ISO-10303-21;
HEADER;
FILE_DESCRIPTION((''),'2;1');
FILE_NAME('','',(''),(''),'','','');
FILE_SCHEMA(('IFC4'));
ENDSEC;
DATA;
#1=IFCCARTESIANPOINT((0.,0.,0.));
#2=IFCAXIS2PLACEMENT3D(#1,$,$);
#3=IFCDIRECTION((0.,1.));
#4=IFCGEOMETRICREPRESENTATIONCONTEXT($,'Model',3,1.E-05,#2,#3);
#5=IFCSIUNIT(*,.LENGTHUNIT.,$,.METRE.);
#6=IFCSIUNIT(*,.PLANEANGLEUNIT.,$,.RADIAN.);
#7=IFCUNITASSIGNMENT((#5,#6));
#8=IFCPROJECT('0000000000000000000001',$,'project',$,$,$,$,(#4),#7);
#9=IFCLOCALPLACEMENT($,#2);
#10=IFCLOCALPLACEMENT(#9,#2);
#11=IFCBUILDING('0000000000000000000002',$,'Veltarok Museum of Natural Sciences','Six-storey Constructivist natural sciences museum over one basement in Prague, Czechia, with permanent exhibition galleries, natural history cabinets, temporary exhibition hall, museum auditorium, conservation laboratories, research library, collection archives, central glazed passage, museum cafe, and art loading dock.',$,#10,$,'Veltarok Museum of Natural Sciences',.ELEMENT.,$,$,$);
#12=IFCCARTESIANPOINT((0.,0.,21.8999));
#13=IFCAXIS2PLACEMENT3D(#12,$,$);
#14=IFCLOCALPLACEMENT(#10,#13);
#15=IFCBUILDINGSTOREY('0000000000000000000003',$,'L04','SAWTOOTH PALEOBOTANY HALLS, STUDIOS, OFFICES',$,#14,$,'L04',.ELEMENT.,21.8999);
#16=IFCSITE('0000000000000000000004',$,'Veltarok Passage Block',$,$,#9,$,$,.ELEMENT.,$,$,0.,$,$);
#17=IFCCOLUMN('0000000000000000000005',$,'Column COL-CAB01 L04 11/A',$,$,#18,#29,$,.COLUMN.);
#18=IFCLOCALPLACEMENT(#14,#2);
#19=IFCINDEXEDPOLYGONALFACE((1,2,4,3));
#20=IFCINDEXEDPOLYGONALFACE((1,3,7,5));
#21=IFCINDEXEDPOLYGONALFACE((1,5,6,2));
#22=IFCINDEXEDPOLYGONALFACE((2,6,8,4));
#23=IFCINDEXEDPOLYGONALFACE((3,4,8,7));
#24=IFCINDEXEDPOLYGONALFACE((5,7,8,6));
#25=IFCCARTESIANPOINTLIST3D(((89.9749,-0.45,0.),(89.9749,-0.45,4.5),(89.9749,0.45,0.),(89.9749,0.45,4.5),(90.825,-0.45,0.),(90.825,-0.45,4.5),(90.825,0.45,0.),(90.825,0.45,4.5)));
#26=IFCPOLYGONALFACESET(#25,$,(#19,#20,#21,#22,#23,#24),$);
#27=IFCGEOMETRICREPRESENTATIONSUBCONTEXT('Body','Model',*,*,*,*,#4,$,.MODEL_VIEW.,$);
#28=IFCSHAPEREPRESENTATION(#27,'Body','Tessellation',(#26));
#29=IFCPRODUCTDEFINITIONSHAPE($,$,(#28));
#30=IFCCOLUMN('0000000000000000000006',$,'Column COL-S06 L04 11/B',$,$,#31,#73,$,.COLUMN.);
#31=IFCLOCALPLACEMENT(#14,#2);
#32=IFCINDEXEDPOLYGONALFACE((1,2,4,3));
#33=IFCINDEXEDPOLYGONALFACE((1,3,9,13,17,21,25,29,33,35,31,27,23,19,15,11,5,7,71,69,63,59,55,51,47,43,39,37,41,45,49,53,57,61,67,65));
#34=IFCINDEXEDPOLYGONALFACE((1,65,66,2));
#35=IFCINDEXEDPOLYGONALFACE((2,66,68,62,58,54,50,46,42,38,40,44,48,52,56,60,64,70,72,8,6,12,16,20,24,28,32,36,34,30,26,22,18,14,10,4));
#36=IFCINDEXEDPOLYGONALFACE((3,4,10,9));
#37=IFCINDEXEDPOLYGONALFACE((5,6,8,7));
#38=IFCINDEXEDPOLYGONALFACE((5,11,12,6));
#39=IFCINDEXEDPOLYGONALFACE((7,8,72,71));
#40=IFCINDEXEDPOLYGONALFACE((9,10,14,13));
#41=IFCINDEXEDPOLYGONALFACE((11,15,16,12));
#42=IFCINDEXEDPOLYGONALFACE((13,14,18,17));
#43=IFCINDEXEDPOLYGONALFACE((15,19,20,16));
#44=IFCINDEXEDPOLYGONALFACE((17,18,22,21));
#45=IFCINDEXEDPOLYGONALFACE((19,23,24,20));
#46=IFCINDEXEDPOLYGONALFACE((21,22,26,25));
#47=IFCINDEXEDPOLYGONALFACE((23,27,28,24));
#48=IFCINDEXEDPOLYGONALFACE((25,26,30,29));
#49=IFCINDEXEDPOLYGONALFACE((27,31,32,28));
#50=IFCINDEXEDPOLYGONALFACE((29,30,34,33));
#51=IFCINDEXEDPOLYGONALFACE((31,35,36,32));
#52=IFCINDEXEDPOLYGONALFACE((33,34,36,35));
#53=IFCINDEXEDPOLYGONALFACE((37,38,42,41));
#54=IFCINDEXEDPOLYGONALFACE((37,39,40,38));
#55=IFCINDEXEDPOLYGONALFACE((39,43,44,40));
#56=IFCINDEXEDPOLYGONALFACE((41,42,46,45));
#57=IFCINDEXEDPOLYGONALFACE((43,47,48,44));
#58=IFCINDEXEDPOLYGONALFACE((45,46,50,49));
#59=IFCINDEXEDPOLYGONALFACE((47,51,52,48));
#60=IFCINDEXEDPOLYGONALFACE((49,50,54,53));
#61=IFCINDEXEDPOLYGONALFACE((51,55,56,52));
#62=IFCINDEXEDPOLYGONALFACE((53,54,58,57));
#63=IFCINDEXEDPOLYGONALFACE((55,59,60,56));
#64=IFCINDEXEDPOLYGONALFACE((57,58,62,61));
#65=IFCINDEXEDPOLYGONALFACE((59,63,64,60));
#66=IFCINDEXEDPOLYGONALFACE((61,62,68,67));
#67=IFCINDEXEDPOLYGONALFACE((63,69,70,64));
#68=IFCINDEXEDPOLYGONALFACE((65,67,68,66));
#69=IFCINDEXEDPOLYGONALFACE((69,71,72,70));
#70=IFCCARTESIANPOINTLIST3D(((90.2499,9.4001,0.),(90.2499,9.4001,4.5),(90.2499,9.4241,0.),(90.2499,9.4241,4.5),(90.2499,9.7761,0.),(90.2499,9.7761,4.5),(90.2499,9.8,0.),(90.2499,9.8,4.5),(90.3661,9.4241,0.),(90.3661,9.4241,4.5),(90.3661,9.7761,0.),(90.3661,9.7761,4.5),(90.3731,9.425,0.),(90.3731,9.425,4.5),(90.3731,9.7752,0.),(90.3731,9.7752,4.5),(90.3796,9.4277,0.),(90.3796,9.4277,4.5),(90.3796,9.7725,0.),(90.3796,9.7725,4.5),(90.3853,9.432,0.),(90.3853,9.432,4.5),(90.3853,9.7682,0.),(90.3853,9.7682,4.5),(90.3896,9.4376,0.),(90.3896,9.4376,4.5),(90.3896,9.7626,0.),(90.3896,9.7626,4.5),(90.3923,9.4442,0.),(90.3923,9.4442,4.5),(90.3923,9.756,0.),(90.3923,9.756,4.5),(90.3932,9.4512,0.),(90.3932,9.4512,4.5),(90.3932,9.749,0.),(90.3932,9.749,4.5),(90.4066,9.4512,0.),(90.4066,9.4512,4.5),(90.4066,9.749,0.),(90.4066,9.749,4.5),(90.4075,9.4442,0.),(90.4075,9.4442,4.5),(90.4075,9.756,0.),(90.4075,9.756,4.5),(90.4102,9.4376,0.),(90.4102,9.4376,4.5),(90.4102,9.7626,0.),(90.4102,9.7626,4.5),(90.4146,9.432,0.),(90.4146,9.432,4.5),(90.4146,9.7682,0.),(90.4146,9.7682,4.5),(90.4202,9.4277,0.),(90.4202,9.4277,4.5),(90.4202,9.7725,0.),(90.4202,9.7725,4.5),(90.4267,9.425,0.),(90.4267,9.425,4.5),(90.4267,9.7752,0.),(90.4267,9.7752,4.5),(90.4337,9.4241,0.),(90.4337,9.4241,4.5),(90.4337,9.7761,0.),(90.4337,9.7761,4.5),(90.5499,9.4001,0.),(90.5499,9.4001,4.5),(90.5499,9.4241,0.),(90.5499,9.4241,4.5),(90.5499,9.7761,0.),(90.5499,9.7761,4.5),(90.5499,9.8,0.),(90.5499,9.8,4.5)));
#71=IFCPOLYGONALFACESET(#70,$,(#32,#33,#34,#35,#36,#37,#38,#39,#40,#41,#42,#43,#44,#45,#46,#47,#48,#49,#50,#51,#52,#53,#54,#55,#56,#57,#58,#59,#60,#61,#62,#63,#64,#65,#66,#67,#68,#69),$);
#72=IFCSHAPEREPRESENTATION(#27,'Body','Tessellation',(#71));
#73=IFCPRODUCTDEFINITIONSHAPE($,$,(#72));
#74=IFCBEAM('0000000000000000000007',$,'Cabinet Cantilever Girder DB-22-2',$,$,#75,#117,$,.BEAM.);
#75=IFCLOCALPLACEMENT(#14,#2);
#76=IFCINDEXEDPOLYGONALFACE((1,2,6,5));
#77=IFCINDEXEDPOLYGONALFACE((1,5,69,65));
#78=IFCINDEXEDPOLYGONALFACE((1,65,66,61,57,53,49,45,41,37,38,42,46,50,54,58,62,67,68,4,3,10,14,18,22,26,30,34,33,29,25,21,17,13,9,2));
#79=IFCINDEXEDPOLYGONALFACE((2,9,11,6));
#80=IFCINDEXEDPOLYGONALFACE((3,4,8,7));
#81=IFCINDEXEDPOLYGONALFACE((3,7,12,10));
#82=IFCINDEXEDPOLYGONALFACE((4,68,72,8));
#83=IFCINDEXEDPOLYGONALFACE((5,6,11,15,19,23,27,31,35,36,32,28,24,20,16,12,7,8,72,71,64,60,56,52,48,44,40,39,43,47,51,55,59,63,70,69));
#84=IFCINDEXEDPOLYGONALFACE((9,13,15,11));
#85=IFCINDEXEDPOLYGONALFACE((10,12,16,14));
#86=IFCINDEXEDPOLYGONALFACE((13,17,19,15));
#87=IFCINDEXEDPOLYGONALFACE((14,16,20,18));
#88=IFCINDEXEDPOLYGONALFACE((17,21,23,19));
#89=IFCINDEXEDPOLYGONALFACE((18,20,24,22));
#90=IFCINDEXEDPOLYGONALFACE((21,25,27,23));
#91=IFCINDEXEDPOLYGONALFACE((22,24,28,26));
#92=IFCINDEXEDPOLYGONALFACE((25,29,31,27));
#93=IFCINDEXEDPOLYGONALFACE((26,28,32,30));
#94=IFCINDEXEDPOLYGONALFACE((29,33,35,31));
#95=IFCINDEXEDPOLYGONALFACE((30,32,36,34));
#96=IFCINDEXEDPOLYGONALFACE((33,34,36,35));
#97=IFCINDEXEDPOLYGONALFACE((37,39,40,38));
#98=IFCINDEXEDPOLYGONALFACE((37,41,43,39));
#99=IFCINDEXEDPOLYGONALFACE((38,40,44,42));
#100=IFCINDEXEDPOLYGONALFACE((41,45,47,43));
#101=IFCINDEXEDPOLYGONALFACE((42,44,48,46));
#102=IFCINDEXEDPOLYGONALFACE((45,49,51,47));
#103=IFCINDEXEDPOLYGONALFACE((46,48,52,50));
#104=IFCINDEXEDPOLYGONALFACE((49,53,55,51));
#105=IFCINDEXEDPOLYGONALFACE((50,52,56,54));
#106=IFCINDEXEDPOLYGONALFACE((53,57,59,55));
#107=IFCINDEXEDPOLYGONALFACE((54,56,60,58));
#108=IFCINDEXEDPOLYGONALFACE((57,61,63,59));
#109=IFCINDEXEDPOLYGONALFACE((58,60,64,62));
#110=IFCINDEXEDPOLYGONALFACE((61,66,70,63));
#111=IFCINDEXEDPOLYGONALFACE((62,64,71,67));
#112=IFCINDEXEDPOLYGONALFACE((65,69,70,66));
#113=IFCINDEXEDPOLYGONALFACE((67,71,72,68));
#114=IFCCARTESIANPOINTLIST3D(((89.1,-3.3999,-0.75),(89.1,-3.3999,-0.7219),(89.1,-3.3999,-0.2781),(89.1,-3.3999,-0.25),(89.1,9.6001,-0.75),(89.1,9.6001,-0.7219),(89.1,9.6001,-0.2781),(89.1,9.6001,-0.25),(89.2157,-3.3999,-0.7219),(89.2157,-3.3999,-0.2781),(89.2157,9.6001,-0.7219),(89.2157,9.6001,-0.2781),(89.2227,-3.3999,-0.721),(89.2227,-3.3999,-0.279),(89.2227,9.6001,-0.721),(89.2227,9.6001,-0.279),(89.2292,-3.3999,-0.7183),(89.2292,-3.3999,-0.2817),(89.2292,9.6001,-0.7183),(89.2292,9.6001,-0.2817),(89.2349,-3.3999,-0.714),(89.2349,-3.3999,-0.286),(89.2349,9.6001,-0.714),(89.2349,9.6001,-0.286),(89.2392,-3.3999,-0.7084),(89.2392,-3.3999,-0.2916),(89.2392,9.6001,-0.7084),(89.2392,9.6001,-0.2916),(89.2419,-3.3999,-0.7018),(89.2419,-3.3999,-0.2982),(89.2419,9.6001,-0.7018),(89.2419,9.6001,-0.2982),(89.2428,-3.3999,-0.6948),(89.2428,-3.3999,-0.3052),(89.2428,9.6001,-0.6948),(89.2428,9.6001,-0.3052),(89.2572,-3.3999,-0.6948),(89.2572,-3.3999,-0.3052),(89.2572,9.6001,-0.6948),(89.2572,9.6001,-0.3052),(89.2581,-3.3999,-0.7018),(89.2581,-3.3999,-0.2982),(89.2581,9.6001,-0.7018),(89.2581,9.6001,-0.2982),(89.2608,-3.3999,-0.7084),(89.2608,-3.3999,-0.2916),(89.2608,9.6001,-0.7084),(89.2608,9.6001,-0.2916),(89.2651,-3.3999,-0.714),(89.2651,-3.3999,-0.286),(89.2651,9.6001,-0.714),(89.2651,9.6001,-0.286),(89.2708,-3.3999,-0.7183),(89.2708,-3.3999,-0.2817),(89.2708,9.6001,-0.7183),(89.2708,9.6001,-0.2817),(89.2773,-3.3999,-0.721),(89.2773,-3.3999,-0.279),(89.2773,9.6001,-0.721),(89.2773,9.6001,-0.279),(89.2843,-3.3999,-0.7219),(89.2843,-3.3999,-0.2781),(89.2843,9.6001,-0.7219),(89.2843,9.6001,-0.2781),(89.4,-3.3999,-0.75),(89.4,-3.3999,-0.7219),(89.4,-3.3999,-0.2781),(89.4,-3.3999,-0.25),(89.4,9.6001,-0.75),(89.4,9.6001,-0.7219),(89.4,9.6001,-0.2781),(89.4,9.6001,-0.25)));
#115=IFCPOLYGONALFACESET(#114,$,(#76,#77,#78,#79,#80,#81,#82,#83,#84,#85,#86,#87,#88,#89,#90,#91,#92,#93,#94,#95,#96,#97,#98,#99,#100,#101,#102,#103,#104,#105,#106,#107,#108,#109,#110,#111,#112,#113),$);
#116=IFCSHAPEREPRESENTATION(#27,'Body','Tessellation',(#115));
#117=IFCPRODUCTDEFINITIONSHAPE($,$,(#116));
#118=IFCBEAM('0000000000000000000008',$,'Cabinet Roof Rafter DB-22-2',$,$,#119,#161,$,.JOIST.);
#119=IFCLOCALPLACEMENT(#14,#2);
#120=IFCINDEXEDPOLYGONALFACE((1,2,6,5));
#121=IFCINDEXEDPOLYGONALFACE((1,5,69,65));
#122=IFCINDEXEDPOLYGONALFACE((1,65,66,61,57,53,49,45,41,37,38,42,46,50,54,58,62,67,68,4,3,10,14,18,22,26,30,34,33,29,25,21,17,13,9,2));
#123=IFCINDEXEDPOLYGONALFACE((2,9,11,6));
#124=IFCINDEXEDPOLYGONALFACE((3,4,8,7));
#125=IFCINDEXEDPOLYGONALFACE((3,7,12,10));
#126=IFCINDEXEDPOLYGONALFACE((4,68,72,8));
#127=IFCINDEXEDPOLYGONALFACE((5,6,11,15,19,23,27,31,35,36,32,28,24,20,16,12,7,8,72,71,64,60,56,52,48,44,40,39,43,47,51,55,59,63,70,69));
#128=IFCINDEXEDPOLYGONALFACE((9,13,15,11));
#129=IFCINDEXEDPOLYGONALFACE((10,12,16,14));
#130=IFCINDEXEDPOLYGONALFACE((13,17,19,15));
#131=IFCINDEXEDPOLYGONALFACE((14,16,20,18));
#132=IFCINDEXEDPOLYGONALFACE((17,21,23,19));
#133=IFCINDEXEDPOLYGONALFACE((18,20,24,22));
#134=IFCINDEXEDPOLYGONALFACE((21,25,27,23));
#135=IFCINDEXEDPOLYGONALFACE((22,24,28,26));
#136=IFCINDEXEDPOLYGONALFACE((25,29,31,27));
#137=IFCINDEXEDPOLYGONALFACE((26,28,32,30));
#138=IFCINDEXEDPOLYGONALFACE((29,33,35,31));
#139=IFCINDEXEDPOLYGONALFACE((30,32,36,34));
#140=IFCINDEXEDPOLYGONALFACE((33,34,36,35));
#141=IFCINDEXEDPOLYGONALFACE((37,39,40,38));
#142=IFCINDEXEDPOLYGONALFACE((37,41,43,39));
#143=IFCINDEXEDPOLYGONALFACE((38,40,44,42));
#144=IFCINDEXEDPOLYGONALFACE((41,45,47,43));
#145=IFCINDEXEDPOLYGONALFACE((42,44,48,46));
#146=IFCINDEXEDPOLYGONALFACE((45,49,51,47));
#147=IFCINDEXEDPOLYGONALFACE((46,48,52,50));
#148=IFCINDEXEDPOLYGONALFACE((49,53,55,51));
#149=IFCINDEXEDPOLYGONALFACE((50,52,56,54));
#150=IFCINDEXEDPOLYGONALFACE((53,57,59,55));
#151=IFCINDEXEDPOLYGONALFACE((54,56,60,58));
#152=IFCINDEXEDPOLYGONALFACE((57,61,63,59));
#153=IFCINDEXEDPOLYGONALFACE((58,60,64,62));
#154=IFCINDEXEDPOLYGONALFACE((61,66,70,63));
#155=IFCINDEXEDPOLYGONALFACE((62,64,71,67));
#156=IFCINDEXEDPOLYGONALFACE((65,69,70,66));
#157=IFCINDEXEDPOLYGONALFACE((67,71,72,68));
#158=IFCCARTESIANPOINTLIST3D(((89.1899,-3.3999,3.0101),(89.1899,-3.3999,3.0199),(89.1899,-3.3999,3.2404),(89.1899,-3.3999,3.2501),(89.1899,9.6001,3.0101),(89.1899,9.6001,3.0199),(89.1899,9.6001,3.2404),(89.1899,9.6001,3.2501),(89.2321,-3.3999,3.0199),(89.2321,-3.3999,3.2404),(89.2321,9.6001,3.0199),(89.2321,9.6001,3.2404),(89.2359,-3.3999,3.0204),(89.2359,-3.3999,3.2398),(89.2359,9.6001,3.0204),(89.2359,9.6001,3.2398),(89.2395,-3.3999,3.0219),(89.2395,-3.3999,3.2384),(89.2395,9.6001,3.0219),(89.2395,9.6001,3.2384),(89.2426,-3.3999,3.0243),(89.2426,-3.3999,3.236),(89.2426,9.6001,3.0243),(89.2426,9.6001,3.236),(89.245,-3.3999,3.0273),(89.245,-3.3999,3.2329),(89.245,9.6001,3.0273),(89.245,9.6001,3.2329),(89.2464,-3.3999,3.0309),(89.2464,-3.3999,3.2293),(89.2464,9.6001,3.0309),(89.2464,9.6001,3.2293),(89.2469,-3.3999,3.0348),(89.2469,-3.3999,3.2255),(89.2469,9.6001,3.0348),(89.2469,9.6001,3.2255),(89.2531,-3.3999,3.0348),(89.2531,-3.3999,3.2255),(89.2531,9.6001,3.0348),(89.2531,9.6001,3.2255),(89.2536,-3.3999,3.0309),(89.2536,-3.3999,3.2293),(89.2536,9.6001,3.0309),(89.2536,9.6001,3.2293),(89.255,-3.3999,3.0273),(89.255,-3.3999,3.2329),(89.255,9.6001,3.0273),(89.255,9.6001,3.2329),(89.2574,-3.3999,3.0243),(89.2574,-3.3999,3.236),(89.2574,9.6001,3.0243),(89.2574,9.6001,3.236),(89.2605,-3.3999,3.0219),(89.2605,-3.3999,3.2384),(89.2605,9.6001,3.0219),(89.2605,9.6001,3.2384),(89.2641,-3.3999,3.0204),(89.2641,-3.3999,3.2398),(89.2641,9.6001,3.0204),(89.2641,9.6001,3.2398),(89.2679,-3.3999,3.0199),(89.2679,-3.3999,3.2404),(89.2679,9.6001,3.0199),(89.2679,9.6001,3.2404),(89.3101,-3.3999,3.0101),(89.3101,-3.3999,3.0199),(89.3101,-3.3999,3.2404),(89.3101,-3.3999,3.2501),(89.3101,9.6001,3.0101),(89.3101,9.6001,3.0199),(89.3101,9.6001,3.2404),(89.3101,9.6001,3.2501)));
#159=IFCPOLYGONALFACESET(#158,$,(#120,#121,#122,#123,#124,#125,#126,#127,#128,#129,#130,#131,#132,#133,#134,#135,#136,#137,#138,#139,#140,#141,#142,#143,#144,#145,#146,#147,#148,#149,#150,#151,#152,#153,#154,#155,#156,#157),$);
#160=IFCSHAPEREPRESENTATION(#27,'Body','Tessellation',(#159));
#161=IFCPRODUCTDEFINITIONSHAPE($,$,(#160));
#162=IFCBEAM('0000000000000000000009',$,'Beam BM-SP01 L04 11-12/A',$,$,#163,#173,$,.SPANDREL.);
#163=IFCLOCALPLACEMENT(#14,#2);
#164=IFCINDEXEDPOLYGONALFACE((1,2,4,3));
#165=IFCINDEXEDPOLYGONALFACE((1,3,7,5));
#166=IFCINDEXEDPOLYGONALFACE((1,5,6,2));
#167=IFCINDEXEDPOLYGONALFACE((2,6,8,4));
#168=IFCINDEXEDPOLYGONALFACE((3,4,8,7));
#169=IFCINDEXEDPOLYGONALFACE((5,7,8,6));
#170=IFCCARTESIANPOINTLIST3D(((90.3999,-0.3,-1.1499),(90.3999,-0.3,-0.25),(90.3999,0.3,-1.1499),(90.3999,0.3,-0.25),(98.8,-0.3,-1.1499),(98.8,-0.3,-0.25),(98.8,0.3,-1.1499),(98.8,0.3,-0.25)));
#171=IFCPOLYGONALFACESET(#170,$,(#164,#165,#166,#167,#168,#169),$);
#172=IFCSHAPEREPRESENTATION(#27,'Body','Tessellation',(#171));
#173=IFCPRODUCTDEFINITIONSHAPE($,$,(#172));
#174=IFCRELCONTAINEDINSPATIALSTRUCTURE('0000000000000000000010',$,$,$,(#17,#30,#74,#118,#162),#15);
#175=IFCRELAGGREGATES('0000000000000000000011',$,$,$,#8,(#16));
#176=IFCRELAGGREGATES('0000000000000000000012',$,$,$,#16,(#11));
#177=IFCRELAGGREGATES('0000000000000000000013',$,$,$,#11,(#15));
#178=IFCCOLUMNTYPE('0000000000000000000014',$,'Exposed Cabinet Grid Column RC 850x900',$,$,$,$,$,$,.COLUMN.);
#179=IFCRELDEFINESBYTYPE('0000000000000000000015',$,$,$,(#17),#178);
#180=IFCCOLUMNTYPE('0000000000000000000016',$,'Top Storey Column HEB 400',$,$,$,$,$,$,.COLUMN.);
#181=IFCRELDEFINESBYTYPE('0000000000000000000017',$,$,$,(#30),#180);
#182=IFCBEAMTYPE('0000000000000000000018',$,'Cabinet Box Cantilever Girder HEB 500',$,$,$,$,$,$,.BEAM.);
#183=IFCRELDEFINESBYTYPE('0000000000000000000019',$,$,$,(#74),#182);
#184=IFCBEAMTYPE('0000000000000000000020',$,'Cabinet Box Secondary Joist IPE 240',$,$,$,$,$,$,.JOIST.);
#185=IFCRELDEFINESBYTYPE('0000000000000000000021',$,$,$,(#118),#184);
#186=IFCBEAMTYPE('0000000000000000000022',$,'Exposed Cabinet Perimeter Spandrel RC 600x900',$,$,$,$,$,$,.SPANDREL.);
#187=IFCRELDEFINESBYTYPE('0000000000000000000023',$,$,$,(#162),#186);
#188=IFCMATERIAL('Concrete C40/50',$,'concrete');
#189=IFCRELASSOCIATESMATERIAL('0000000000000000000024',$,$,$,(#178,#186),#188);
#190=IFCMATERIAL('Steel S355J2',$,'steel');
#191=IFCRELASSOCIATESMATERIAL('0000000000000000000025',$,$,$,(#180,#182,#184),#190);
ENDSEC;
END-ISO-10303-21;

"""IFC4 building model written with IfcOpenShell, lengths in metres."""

from ifc_helpers import new_model, si_unit, direction, frame, origin, origin_2d, place, context, subcontext, project, spatial, rectangle, i_section, extrude, material, material_profile, profile_set, type_object, element, save


model = new_model("IFC4")

# Units and contexts
model_context = context("Model", 3, precision=1e-05, world=origin(), true_north=direction((0.0, 1.0)))
body_context = subcontext(model_context, "Body", "Model", "MODEL_VIEW")
ifc_project = project(units=[si_unit("LENGTHUNIT", "METRE"), si_unit("PLANEANGLEUNIT", "RADIAN")], contexts=[model_context])

# Site, building, storey
site_placement = place(None, origin())
site = spatial("IfcSite", under=ifc_project, at=site_placement, Name="Veltarok Passage Block", CompositionType="ELEMENT", RefElevation=0.0)
building_placement = place(site_placement, origin())
building = spatial("IfcBuilding", under=site, at=building_placement, Name="Veltarok Museum of Natural Sciences", Description="Six-storey Constructivist natural sciences museum over one basement in Prague, Czechia, with permanent exhibition galleries, natural history cabinets, temporary exhibition hall, museum auditorium, conservation laboratories, research library, collection archives, central glazed passage, museum cafe, and art loading dock.", LongName="Veltarok Museum of Natural Sciences", CompositionType="ELEMENT")
storey_placement = place(building_placement, frame((0.0, 0.0, 21.8999)))
storey = spatial("IfcBuildingStorey", under=building, at=storey_placement, Name="L04", Description="SAWTOOTH PALEOBOTANY HALLS, STUDIOS, OFFICES", LongName="L04", CompositionType="ELEMENT", Elevation=21.8999)

# Columns
ifc_material_1 = material(Name="Concrete C40/50", Category="concrete")
ifc_material_profile_1 = material_profile(ifc_material_1, rectangle(XDim=0.8501, YDim=0.8999, at=origin_2d()), Name="RC 850x900")
ifc_profile_set_1 = profile_set([ifc_material_profile_1], Name="Concrete C40/50")
column_type_1 = type_object("IfcColumnType", Name="Exposed Cabinet Grid Column RC 850x900", PredefinedType="COLUMN", material=ifc_profile_set_1)
column_1_placement = place(storey_placement, frame((90.3999, 0.0, 0.0), z_axis=(0.0, 0.0, 1.0), x_axis=(1.0, 0.0, 0.0)))
element("IfcColumn", 1, at=column_1_placement, inside=storey, type_object=column_type_1, Name="Column COL-CAB01 L04 11/A", PredefinedType="COLUMN", context=body_context, shape_type="SweptSolid", body=[
    extrude(rectangle(XDim=0.8501, YDim=0.8999, at=origin_2d()), origin(), (0.0, 0.0, 1.0), 4.5),
])
ifc_material_2 = material(Name="Steel S355J2", Category="steel")
ifc_material_profile_2 = material_profile(ifc_material_2, i_section(OverallWidth=0.3, OverallDepth=0.3999, WebThickness=0.0134, FlangeThickness=0.0239, FilletRadius=0.0271, at=origin_2d()), Name="HEB 400")
ifc_profile_set_2 = profile_set([ifc_material_profile_2], Name="Steel S355J2")
column_type_2 = type_object("IfcColumnType", Name="Top Storey Column HEB 400", PredefinedType="COLUMN", material=ifc_profile_set_2)
column_2_placement = place(storey_placement, frame((90.3999, 9.6001, 0.0), z_axis=(0.0, 0.0, 1.0), x_axis=(1.0, 0.0, 0.0)))
element("IfcColumn", 2, at=column_2_placement, inside=storey, type_object=column_type_2, Name="Column COL-S06 L04 11/B", PredefinedType="COLUMN", context=body_context, shape_type="SweptSolid", body=[
    extrude(i_section(OverallWidth=0.3, OverallDepth=0.3999, WebThickness=0.0134, FlangeThickness=0.0239, FilletRadius=0.0271, at=origin_2d()), origin(), (0.0, 0.0, 1.0), 4.5),
])

# Beams
ifc_material_profile_3 = material_profile(ifc_material_2, i_section(OverallWidth=0.3, OverallDepth=0.5, WebThickness=0.0144, FlangeThickness=0.0281, FilletRadius=0.0271, at=origin_2d()), Name="HEB 500")
ifc_profile_set_3 = profile_set([ifc_material_profile_3], Name="Steel S355J2")
beam_type_1 = type_object("IfcBeamType", Name="Cabinet Box Cantilever Girder HEB 500", PredefinedType="BEAM", material=ifc_profile_set_3)
beam_1_placement = place(storey_placement, frame((89.25, -3.3999, -0.5), z_axis=(0.0, 1.0, 0.0), x_axis=(-1.0, 0.0, 0.0)))
element("IfcBeam", 3, at=beam_1_placement, inside=storey, type_object=beam_type_1, Name="Cabinet Cantilever Girder DB-22-2", PredefinedType="BEAM", context=body_context, shape_type="SweptSolid", body=[
    extrude(i_section(OverallWidth=0.3, OverallDepth=0.5, WebThickness=0.0144, FlangeThickness=0.0281, FilletRadius=0.0271, at=origin_2d()), origin(), (0.0, 0.0, 1.0), 13.0),
])
ifc_material_profile_4 = material_profile(ifc_material_2, i_section(OverallWidth=0.1201, OverallDepth=0.24, WebThickness=0.0061, FlangeThickness=0.0098, FilletRadius=0.0149, at=origin_2d()), Name="IPE 240")
ifc_profile_set_4 = profile_set([ifc_material_profile_4], Name="Steel S355J2")
beam_type_2 = type_object("IfcBeamType", Name="Cabinet Box Secondary Joist IPE 240", PredefinedType="JOIST", material=ifc_profile_set_4)
beam_2_placement = place(storey_placement, frame((89.25, -3.3999, 3.1301), z_axis=(0.0, 1.0, 0.0), x_axis=(-1.0, 0.0, 0.0)))
element("IfcBeam", 4, at=beam_2_placement, inside=storey, type_object=beam_type_2, Name="Cabinet Roof Rafter DB-22-2", PredefinedType="JOIST", context=body_context, shape_type="SweptSolid", body=[
    extrude(i_section(OverallWidth=0.1201, OverallDepth=0.24, WebThickness=0.0061, FlangeThickness=0.0098, FilletRadius=0.0149, at=origin_2d()), origin(), (0.0, 0.0, 1.0), 13.0),
])
ifc_material_profile_5 = material_profile(ifc_material_1, rectangle(XDim=0.6001, YDim=0.8999, at=origin_2d()), Name="RC 600x900")
ifc_profile_set_5 = profile_set([ifc_material_profile_5], Name="Concrete C40/50")
beam_type_3 = type_object("IfcBeamType", Name="Exposed Cabinet Perimeter Spandrel RC 600x900", PredefinedType="SPANDREL", material=ifc_profile_set_5)
beam_3_placement = place(storey_placement, frame((90.3999, 0.0, -0.7), z_axis=(1.0, 0.0, 0.0), x_axis=(0.0, 1.0, 0.0)))
element("IfcBeam", 5, at=beam_3_placement, inside=storey, type_object=beam_type_3, Name="Beam BM-SP01 L04 11-12/A", PredefinedType="SPANDREL", context=body_context, shape_type="SweptSolid", body=[
    extrude(rectangle(XDim=0.6001, YDim=0.8999, at=origin_2d()), origin(), (0.0, 0.0, 1.0), 8.4001),
])

save(model, "model.ifc")
